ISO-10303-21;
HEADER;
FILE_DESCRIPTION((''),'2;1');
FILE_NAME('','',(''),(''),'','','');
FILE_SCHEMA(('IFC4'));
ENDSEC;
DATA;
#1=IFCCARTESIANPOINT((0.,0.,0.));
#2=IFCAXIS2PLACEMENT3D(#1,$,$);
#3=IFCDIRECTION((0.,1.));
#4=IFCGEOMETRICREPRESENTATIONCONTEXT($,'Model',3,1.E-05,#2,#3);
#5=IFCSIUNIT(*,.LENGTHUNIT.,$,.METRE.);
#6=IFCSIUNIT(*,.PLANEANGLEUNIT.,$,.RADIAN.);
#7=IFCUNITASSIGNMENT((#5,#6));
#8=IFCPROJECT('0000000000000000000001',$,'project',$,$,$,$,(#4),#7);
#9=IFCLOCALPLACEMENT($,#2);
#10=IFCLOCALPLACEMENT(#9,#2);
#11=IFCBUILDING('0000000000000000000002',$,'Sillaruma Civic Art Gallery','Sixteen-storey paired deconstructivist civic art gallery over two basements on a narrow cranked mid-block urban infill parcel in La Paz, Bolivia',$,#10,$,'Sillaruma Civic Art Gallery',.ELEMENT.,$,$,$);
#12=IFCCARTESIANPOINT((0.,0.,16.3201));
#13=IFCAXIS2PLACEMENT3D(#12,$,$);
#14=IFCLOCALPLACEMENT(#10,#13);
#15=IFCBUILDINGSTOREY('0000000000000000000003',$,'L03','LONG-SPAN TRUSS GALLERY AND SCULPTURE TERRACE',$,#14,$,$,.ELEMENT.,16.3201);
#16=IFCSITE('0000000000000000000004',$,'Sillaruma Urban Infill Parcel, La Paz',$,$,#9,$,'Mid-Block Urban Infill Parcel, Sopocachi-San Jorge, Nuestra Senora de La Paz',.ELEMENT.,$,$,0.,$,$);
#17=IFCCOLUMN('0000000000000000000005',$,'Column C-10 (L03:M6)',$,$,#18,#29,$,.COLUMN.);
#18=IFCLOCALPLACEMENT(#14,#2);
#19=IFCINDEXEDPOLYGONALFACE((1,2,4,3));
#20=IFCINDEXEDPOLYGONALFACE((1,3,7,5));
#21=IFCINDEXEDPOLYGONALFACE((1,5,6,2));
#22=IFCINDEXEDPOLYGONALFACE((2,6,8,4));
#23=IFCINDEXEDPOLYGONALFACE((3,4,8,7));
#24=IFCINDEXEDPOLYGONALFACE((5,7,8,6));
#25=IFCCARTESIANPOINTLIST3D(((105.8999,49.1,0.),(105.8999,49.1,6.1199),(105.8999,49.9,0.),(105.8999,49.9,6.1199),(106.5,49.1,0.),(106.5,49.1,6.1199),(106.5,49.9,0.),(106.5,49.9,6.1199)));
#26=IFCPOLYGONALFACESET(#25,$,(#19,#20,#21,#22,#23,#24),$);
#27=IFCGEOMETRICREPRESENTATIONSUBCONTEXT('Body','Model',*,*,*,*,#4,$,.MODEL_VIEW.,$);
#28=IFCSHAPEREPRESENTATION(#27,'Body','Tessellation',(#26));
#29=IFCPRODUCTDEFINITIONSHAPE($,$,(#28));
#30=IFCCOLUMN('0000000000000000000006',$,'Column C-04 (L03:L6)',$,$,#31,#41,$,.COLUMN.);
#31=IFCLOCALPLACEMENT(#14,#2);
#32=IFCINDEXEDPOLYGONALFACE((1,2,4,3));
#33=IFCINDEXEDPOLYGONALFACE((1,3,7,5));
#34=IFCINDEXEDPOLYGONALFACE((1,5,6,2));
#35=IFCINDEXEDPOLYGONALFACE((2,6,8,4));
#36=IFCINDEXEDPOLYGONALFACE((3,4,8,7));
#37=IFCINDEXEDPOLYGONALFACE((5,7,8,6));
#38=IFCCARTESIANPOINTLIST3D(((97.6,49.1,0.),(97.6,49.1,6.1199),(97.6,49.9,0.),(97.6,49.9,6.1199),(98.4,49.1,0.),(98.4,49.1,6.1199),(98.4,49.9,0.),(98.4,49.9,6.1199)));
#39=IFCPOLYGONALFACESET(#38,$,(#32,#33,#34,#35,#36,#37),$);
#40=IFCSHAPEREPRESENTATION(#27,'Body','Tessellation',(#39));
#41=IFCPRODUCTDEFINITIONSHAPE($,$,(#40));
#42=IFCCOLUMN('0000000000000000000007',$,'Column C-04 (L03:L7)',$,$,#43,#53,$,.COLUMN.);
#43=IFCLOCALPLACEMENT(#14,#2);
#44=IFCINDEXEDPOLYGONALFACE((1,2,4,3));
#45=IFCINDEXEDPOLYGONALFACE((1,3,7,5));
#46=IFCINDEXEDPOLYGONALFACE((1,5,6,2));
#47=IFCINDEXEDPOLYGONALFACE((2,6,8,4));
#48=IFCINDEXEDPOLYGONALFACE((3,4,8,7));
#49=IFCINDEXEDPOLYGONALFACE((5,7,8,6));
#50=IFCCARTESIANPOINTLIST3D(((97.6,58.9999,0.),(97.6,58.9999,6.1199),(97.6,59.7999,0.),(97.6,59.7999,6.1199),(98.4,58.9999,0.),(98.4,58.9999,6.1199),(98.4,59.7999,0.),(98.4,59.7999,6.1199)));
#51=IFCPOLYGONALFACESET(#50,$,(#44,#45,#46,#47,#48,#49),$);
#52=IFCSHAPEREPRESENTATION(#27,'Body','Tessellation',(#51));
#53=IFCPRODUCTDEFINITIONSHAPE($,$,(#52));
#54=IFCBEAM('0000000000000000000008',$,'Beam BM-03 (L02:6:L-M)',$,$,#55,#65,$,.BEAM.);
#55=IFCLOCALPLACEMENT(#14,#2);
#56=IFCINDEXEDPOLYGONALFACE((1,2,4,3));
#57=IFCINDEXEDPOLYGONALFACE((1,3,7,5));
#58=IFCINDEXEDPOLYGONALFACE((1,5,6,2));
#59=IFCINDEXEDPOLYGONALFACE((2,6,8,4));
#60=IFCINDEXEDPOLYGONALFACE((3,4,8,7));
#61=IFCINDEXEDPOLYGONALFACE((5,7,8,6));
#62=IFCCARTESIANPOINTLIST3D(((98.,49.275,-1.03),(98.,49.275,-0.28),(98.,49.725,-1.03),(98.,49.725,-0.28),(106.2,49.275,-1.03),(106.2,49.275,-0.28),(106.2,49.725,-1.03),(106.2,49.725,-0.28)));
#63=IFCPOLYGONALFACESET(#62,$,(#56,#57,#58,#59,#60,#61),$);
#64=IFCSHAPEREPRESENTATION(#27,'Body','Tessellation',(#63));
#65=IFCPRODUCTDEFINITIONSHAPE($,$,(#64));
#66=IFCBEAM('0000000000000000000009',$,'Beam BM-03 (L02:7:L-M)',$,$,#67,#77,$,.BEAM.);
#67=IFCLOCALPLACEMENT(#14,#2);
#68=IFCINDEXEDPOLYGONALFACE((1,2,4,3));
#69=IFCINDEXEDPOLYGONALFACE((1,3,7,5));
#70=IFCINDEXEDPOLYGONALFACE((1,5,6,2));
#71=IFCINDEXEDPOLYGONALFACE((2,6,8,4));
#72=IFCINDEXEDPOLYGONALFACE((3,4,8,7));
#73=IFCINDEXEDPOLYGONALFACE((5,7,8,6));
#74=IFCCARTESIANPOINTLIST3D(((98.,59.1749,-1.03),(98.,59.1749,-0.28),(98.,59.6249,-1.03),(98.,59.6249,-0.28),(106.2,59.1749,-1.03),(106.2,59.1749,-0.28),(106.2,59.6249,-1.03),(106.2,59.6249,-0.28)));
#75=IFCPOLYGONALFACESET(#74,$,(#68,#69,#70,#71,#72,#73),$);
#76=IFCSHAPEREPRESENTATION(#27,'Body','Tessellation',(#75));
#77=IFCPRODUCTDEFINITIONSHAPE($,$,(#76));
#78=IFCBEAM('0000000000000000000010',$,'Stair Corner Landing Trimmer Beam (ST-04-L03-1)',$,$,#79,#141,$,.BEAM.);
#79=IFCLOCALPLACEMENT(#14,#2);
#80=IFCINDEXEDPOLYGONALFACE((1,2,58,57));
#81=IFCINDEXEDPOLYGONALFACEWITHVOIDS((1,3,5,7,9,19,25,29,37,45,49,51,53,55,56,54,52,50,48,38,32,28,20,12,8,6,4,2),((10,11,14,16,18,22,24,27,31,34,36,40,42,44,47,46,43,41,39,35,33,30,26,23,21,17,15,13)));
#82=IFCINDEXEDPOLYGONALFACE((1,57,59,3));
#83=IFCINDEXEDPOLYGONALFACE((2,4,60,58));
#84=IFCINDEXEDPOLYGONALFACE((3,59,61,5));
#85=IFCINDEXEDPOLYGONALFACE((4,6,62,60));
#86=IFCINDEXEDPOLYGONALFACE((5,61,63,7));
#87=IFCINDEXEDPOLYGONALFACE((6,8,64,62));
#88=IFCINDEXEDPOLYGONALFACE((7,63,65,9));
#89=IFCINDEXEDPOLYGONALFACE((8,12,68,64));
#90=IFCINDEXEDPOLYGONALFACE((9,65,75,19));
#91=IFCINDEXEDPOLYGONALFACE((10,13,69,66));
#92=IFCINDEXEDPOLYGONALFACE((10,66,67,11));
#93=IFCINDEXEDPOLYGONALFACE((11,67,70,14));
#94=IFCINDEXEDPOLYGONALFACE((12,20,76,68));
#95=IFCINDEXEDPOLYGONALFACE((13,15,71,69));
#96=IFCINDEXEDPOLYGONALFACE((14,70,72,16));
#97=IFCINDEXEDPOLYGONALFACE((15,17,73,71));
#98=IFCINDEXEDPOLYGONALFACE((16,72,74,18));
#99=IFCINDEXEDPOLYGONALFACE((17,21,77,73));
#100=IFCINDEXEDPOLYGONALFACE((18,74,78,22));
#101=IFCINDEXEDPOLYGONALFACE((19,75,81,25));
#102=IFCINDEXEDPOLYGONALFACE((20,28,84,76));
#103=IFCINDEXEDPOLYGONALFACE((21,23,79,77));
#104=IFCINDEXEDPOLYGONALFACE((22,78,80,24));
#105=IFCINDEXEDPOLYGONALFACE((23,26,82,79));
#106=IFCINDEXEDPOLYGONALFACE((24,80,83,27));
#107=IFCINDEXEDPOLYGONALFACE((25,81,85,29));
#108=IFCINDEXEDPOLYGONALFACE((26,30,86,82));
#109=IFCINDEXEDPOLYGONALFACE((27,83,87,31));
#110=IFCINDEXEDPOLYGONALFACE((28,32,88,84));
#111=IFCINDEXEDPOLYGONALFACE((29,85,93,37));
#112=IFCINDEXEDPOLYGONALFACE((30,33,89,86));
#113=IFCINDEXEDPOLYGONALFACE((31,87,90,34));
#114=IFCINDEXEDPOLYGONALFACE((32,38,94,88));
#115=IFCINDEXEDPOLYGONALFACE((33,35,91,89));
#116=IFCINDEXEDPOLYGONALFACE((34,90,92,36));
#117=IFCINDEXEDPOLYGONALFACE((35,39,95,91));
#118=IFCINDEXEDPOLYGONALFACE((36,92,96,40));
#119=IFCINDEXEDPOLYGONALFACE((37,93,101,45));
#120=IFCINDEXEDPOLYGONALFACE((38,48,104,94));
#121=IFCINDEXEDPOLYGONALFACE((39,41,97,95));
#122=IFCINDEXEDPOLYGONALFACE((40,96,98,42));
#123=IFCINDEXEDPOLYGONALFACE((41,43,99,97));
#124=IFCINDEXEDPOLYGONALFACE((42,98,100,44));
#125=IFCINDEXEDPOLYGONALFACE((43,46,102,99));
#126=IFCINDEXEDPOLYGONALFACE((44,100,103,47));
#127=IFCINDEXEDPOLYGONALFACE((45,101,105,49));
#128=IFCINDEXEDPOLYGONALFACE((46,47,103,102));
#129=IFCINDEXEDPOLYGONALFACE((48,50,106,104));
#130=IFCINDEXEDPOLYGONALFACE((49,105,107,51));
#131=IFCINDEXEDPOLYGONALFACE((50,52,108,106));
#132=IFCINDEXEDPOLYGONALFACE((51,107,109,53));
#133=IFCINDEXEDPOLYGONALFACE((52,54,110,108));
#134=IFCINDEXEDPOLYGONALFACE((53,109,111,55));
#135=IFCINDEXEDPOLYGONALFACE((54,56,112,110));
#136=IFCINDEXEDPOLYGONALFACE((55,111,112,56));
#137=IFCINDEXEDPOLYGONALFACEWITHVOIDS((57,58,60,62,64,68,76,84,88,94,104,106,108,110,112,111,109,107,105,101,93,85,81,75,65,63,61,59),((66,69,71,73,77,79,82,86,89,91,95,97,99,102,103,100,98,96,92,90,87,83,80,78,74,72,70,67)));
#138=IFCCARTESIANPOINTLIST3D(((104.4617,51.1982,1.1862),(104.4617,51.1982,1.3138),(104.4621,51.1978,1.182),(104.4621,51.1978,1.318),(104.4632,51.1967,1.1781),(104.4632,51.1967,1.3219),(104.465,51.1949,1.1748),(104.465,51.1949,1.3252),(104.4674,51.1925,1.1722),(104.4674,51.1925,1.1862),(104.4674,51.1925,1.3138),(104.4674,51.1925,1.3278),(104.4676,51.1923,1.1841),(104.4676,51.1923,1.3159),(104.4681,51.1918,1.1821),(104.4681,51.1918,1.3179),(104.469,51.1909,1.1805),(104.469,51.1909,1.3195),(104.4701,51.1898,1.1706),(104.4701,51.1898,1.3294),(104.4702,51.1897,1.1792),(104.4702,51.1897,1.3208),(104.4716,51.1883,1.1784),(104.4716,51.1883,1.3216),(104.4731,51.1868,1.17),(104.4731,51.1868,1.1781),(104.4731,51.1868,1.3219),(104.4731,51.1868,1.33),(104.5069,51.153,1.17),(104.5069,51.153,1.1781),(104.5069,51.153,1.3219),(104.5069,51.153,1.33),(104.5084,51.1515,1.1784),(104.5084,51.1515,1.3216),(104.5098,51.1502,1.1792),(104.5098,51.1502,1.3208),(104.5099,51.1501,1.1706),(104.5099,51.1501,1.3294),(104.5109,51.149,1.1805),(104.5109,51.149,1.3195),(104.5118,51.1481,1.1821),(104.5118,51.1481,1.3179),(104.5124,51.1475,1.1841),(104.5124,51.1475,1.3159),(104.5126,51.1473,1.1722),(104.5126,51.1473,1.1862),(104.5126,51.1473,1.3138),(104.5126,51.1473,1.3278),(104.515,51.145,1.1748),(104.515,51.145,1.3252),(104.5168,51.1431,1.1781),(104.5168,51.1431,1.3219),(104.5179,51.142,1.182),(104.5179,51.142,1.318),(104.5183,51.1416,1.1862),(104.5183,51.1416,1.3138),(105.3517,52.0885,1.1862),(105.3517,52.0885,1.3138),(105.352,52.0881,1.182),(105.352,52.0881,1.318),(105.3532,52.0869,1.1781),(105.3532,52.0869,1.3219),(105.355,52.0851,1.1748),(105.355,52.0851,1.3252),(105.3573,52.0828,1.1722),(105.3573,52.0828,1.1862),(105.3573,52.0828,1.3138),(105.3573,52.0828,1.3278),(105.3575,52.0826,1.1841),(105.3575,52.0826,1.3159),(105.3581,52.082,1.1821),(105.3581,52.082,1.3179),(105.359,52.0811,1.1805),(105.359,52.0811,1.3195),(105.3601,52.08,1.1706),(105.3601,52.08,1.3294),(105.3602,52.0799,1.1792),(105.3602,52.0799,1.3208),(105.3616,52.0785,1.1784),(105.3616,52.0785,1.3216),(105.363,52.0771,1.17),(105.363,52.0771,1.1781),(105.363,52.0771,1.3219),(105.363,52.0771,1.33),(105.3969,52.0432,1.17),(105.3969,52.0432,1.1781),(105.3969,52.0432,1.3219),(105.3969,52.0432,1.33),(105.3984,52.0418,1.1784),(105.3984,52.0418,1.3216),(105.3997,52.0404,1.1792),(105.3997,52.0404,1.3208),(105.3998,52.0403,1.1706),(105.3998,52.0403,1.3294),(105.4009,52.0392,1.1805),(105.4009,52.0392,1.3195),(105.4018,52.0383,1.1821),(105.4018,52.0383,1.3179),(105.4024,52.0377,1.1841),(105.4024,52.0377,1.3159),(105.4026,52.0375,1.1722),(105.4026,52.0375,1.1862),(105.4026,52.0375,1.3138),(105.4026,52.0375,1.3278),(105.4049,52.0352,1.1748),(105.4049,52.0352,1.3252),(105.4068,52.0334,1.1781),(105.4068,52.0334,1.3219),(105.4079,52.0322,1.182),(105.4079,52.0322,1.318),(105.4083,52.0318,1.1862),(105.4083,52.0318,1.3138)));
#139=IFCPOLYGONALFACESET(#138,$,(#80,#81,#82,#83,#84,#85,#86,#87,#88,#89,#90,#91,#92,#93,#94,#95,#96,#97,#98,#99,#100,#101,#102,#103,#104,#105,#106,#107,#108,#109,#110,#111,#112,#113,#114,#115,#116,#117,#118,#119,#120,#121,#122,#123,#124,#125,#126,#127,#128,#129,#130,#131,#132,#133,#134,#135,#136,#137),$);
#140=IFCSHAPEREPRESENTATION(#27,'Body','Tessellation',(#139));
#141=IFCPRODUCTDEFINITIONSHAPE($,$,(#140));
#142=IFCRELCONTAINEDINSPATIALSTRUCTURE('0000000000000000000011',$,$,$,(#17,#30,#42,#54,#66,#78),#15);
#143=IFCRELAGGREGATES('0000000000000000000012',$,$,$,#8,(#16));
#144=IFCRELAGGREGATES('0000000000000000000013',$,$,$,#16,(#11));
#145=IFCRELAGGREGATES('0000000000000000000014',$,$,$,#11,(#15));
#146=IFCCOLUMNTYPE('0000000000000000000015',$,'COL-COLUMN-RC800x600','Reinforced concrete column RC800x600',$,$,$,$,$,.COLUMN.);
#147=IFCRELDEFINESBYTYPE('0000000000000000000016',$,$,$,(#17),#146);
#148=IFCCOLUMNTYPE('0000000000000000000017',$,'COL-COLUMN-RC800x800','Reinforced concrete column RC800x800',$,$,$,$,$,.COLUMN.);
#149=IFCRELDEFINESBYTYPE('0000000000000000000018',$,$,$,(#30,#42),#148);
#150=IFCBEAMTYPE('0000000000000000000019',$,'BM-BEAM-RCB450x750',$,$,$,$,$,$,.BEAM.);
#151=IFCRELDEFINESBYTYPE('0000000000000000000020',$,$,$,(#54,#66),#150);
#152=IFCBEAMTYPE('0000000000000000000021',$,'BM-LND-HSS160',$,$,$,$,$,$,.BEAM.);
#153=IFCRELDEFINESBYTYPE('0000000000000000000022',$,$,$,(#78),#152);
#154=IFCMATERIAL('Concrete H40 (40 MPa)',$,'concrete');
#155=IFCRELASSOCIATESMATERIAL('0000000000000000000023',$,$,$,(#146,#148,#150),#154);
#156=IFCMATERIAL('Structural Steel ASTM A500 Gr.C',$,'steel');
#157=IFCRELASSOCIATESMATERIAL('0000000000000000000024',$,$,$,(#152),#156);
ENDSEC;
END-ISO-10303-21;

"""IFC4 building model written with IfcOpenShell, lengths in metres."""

from ifc_helpers import new_model, si_unit, direction, frame, origin, origin_2d, place, context, subcontext, project, spatial, rectangle, hollow_rectangle, extrude, material, material_profile, profile_set, type_object, element, save


model = new_model("IFC4")

# Units and contexts
model_context = context("Model", 3, precision=1e-05, world=origin(), true_north=direction((0.0, 1.0)))
body_context = subcontext(model_context, "Body", "Model", "MODEL_VIEW")
ifc_project = project(units=[si_unit("LENGTHUNIT", "METRE"), si_unit("PLANEANGLEUNIT", "RADIAN")], contexts=[model_context])

# Site, building, storey
site_placement = place(None, origin())
site = spatial("IfcSite", under=ifc_project, at=site_placement, Name="Sillaruma Urban Infill Parcel, La Paz", LongName="Mid-Block Urban Infill Parcel, Sopocachi-San Jorge, Nuestra Senora de La Paz", CompositionType="ELEMENT", RefElevation=0.0)
building_placement = place(site_placement, origin())
building = spatial("IfcBuilding", under=site, at=building_placement, Name="Sillaruma Civic Art Gallery", Description="Sixteen-storey paired deconstructivist civic art gallery over two basements on a narrow cranked mid-block urban infill parcel in La Paz, Bolivia", LongName="Sillaruma Civic Art Gallery", CompositionType="ELEMENT")
storey_placement = place(building_placement, frame((0.0, 0.0, 16.3201)))
storey = spatial("IfcBuildingStorey", under=building, at=storey_placement, Name="L03", Description="LONG-SPAN TRUSS GALLERY AND SCULPTURE TERRACE", CompositionType="ELEMENT", Elevation=16.3201)

# Columns
ifc_material_1 = material(Name="Concrete H40 (40 MPa)", Category="concrete")
ifc_material_profile_1 = material_profile(ifc_material_1, rectangle(XDim=0.6001, YDim=0.8, at=origin_2d()), Name="RC800x600")
ifc_profile_set_1 = profile_set([ifc_material_profile_1], Name="Concrete H40 (40 MPa)")
column_type_1 = type_object("IfcColumnType", Name="COL-COLUMN-RC800x600", Description="Reinforced concrete column RC800x600", PredefinedType="COLUMN", material=ifc_profile_set_1)
column_placement = place(storey_placement, frame((106.2, 49.5, 0.0), z_axis=(0.0, 0.0, 1.0), x_axis=(1.0, 0.0, 0.0)))
element("IfcColumn", 1, at=column_placement, inside=storey, type_object=column_type_1, Name="Column C-10 (L03:M6)", PredefinedType="COLUMN", context=body_context, shape_type="SweptSolid", body=[
    extrude(rectangle(XDim=0.6001, YDim=0.8, at=origin_2d()), origin(), (0.0, 0.0, 1.0), 6.1199),
])
ifc_material_profile_2 = material_profile(ifc_material_1, rectangle(XDim=0.8, YDim=0.8, at=origin_2d()), Name="RC800x800")
ifc_profile_set_2 = profile_set([ifc_material_profile_2], Name="Concrete H40 (40 MPa)")
column_type_2 = type_object("IfcColumnType", Name="COL-COLUMN-RC800x800", Description="Reinforced concrete column RC800x800", PredefinedType="COLUMN", material=ifc_profile_set_2)
for number, where, z_axis, x_axis, name in (
    (2, (98.0, 49.5, 0.0), (0.0, 0.0, 1.0), (1.0, 0.0, 0.0), "Column C-04 (L03:L6)"),
    (3, (98.0, 59.3999, 0.0), (0.0, 0.0, 1.0), (1.0, 0.0, 0.0), "Column C-04 (L03:L7)"),
):
    element("IfcColumn", number, at=place(storey_placement, frame(where, z_axis=z_axis, x_axis=x_axis)), inside=storey, type_object=column_type_2, Name=name, PredefinedType="COLUMN", context=body_context, shape_type="SweptSolid", body=[
        extrude(rectangle(XDim=0.8, YDim=0.8, at=origin_2d()), origin(), (0.0, 0.0, 1.0), 6.1199),
    ])

# Beams
ifc_material_profile_3 = material_profile(ifc_material_1, rectangle(XDim=0.45, YDim=0.75, at=origin_2d()), Name="RCB450x750")
ifc_profile_set_3 = profile_set([ifc_material_profile_3], Name="Concrete H40 (40 MPa)")
beam_type_1 = type_object("IfcBeamType", Name="BM-BEAM-RCB450x750", PredefinedType="BEAM", material=ifc_profile_set_3)
for number, where, z_axis, x_axis, name in (
    (4, (98.0, 49.5, -0.655), (1.0, 0.0, 0.0), (0.0, 1.0, 0.0), "Beam BM-03 (L02:6:L-M)"),
    (5, (98.0, 59.3999, -0.655), (1.0, 0.0, 0.0), (0.0, 1.0, 0.0), "Beam BM-03 (L02:7:L-M)"),
):
    element("IfcBeam", number, at=place(storey_placement, frame(where, z_axis=z_axis, x_axis=x_axis)), inside=storey, type_object=beam_type_1, Name=name, PredefinedType="BEAM", context=body_context, shape_type="SweptSolid", body=[
        extrude(rectangle(XDim=0.45, YDim=0.75, at=origin_2d()), origin(), (0.0, 0.0, 1.0), 8.2),
    ])
ifc_material_2 = material(Name="Structural Steel ASTM A500 Gr.C", Category="steel")
ifc_material_profile_4 = material_profile(ifc_material_2, hollow_rectangle(XDim=0.0801, YDim=0.1599, WallThickness=0.0081, InnerFilletRadius=0.0081, OuterFilletRadius=0.0161, at=origin_2d()), Name="HSS160x80x8")
ifc_profile_set_4 = profile_set([ifc_material_profile_4], Name="Structural Steel ASTM A500 Gr.C")
beam_type_2 = type_object("IfcBeamType", Name="BM-LND-HSS160", PredefinedType="BEAM", material=ifc_profile_set_4)
beam_1_placement = place(storey_placement, frame((104.49, 51.1699, 1.25), z_axis=(0.70701, 0.707204, 0.0), x_axis=(-0.707204, 0.70701, 0.0)))
element("IfcBeam", 6, at=beam_1_placement, inside=storey, type_object=beam_type_2, Name="Stair Corner Landing Trimmer Beam (ST-04-L03-1)", PredefinedType="BEAM", context=body_context, shape_type="SweptSolid", body=[
    extrude(hollow_rectangle(XDim=0.0801, YDim=0.1599, WallThickness=0.0081, InnerFilletRadius=0.0081, OuterFilletRadius=0.0161, at=origin_2d()), origin(), (0.0, 0.0, 1.0), 1.2588),
])

save(model, "model.ifc")
